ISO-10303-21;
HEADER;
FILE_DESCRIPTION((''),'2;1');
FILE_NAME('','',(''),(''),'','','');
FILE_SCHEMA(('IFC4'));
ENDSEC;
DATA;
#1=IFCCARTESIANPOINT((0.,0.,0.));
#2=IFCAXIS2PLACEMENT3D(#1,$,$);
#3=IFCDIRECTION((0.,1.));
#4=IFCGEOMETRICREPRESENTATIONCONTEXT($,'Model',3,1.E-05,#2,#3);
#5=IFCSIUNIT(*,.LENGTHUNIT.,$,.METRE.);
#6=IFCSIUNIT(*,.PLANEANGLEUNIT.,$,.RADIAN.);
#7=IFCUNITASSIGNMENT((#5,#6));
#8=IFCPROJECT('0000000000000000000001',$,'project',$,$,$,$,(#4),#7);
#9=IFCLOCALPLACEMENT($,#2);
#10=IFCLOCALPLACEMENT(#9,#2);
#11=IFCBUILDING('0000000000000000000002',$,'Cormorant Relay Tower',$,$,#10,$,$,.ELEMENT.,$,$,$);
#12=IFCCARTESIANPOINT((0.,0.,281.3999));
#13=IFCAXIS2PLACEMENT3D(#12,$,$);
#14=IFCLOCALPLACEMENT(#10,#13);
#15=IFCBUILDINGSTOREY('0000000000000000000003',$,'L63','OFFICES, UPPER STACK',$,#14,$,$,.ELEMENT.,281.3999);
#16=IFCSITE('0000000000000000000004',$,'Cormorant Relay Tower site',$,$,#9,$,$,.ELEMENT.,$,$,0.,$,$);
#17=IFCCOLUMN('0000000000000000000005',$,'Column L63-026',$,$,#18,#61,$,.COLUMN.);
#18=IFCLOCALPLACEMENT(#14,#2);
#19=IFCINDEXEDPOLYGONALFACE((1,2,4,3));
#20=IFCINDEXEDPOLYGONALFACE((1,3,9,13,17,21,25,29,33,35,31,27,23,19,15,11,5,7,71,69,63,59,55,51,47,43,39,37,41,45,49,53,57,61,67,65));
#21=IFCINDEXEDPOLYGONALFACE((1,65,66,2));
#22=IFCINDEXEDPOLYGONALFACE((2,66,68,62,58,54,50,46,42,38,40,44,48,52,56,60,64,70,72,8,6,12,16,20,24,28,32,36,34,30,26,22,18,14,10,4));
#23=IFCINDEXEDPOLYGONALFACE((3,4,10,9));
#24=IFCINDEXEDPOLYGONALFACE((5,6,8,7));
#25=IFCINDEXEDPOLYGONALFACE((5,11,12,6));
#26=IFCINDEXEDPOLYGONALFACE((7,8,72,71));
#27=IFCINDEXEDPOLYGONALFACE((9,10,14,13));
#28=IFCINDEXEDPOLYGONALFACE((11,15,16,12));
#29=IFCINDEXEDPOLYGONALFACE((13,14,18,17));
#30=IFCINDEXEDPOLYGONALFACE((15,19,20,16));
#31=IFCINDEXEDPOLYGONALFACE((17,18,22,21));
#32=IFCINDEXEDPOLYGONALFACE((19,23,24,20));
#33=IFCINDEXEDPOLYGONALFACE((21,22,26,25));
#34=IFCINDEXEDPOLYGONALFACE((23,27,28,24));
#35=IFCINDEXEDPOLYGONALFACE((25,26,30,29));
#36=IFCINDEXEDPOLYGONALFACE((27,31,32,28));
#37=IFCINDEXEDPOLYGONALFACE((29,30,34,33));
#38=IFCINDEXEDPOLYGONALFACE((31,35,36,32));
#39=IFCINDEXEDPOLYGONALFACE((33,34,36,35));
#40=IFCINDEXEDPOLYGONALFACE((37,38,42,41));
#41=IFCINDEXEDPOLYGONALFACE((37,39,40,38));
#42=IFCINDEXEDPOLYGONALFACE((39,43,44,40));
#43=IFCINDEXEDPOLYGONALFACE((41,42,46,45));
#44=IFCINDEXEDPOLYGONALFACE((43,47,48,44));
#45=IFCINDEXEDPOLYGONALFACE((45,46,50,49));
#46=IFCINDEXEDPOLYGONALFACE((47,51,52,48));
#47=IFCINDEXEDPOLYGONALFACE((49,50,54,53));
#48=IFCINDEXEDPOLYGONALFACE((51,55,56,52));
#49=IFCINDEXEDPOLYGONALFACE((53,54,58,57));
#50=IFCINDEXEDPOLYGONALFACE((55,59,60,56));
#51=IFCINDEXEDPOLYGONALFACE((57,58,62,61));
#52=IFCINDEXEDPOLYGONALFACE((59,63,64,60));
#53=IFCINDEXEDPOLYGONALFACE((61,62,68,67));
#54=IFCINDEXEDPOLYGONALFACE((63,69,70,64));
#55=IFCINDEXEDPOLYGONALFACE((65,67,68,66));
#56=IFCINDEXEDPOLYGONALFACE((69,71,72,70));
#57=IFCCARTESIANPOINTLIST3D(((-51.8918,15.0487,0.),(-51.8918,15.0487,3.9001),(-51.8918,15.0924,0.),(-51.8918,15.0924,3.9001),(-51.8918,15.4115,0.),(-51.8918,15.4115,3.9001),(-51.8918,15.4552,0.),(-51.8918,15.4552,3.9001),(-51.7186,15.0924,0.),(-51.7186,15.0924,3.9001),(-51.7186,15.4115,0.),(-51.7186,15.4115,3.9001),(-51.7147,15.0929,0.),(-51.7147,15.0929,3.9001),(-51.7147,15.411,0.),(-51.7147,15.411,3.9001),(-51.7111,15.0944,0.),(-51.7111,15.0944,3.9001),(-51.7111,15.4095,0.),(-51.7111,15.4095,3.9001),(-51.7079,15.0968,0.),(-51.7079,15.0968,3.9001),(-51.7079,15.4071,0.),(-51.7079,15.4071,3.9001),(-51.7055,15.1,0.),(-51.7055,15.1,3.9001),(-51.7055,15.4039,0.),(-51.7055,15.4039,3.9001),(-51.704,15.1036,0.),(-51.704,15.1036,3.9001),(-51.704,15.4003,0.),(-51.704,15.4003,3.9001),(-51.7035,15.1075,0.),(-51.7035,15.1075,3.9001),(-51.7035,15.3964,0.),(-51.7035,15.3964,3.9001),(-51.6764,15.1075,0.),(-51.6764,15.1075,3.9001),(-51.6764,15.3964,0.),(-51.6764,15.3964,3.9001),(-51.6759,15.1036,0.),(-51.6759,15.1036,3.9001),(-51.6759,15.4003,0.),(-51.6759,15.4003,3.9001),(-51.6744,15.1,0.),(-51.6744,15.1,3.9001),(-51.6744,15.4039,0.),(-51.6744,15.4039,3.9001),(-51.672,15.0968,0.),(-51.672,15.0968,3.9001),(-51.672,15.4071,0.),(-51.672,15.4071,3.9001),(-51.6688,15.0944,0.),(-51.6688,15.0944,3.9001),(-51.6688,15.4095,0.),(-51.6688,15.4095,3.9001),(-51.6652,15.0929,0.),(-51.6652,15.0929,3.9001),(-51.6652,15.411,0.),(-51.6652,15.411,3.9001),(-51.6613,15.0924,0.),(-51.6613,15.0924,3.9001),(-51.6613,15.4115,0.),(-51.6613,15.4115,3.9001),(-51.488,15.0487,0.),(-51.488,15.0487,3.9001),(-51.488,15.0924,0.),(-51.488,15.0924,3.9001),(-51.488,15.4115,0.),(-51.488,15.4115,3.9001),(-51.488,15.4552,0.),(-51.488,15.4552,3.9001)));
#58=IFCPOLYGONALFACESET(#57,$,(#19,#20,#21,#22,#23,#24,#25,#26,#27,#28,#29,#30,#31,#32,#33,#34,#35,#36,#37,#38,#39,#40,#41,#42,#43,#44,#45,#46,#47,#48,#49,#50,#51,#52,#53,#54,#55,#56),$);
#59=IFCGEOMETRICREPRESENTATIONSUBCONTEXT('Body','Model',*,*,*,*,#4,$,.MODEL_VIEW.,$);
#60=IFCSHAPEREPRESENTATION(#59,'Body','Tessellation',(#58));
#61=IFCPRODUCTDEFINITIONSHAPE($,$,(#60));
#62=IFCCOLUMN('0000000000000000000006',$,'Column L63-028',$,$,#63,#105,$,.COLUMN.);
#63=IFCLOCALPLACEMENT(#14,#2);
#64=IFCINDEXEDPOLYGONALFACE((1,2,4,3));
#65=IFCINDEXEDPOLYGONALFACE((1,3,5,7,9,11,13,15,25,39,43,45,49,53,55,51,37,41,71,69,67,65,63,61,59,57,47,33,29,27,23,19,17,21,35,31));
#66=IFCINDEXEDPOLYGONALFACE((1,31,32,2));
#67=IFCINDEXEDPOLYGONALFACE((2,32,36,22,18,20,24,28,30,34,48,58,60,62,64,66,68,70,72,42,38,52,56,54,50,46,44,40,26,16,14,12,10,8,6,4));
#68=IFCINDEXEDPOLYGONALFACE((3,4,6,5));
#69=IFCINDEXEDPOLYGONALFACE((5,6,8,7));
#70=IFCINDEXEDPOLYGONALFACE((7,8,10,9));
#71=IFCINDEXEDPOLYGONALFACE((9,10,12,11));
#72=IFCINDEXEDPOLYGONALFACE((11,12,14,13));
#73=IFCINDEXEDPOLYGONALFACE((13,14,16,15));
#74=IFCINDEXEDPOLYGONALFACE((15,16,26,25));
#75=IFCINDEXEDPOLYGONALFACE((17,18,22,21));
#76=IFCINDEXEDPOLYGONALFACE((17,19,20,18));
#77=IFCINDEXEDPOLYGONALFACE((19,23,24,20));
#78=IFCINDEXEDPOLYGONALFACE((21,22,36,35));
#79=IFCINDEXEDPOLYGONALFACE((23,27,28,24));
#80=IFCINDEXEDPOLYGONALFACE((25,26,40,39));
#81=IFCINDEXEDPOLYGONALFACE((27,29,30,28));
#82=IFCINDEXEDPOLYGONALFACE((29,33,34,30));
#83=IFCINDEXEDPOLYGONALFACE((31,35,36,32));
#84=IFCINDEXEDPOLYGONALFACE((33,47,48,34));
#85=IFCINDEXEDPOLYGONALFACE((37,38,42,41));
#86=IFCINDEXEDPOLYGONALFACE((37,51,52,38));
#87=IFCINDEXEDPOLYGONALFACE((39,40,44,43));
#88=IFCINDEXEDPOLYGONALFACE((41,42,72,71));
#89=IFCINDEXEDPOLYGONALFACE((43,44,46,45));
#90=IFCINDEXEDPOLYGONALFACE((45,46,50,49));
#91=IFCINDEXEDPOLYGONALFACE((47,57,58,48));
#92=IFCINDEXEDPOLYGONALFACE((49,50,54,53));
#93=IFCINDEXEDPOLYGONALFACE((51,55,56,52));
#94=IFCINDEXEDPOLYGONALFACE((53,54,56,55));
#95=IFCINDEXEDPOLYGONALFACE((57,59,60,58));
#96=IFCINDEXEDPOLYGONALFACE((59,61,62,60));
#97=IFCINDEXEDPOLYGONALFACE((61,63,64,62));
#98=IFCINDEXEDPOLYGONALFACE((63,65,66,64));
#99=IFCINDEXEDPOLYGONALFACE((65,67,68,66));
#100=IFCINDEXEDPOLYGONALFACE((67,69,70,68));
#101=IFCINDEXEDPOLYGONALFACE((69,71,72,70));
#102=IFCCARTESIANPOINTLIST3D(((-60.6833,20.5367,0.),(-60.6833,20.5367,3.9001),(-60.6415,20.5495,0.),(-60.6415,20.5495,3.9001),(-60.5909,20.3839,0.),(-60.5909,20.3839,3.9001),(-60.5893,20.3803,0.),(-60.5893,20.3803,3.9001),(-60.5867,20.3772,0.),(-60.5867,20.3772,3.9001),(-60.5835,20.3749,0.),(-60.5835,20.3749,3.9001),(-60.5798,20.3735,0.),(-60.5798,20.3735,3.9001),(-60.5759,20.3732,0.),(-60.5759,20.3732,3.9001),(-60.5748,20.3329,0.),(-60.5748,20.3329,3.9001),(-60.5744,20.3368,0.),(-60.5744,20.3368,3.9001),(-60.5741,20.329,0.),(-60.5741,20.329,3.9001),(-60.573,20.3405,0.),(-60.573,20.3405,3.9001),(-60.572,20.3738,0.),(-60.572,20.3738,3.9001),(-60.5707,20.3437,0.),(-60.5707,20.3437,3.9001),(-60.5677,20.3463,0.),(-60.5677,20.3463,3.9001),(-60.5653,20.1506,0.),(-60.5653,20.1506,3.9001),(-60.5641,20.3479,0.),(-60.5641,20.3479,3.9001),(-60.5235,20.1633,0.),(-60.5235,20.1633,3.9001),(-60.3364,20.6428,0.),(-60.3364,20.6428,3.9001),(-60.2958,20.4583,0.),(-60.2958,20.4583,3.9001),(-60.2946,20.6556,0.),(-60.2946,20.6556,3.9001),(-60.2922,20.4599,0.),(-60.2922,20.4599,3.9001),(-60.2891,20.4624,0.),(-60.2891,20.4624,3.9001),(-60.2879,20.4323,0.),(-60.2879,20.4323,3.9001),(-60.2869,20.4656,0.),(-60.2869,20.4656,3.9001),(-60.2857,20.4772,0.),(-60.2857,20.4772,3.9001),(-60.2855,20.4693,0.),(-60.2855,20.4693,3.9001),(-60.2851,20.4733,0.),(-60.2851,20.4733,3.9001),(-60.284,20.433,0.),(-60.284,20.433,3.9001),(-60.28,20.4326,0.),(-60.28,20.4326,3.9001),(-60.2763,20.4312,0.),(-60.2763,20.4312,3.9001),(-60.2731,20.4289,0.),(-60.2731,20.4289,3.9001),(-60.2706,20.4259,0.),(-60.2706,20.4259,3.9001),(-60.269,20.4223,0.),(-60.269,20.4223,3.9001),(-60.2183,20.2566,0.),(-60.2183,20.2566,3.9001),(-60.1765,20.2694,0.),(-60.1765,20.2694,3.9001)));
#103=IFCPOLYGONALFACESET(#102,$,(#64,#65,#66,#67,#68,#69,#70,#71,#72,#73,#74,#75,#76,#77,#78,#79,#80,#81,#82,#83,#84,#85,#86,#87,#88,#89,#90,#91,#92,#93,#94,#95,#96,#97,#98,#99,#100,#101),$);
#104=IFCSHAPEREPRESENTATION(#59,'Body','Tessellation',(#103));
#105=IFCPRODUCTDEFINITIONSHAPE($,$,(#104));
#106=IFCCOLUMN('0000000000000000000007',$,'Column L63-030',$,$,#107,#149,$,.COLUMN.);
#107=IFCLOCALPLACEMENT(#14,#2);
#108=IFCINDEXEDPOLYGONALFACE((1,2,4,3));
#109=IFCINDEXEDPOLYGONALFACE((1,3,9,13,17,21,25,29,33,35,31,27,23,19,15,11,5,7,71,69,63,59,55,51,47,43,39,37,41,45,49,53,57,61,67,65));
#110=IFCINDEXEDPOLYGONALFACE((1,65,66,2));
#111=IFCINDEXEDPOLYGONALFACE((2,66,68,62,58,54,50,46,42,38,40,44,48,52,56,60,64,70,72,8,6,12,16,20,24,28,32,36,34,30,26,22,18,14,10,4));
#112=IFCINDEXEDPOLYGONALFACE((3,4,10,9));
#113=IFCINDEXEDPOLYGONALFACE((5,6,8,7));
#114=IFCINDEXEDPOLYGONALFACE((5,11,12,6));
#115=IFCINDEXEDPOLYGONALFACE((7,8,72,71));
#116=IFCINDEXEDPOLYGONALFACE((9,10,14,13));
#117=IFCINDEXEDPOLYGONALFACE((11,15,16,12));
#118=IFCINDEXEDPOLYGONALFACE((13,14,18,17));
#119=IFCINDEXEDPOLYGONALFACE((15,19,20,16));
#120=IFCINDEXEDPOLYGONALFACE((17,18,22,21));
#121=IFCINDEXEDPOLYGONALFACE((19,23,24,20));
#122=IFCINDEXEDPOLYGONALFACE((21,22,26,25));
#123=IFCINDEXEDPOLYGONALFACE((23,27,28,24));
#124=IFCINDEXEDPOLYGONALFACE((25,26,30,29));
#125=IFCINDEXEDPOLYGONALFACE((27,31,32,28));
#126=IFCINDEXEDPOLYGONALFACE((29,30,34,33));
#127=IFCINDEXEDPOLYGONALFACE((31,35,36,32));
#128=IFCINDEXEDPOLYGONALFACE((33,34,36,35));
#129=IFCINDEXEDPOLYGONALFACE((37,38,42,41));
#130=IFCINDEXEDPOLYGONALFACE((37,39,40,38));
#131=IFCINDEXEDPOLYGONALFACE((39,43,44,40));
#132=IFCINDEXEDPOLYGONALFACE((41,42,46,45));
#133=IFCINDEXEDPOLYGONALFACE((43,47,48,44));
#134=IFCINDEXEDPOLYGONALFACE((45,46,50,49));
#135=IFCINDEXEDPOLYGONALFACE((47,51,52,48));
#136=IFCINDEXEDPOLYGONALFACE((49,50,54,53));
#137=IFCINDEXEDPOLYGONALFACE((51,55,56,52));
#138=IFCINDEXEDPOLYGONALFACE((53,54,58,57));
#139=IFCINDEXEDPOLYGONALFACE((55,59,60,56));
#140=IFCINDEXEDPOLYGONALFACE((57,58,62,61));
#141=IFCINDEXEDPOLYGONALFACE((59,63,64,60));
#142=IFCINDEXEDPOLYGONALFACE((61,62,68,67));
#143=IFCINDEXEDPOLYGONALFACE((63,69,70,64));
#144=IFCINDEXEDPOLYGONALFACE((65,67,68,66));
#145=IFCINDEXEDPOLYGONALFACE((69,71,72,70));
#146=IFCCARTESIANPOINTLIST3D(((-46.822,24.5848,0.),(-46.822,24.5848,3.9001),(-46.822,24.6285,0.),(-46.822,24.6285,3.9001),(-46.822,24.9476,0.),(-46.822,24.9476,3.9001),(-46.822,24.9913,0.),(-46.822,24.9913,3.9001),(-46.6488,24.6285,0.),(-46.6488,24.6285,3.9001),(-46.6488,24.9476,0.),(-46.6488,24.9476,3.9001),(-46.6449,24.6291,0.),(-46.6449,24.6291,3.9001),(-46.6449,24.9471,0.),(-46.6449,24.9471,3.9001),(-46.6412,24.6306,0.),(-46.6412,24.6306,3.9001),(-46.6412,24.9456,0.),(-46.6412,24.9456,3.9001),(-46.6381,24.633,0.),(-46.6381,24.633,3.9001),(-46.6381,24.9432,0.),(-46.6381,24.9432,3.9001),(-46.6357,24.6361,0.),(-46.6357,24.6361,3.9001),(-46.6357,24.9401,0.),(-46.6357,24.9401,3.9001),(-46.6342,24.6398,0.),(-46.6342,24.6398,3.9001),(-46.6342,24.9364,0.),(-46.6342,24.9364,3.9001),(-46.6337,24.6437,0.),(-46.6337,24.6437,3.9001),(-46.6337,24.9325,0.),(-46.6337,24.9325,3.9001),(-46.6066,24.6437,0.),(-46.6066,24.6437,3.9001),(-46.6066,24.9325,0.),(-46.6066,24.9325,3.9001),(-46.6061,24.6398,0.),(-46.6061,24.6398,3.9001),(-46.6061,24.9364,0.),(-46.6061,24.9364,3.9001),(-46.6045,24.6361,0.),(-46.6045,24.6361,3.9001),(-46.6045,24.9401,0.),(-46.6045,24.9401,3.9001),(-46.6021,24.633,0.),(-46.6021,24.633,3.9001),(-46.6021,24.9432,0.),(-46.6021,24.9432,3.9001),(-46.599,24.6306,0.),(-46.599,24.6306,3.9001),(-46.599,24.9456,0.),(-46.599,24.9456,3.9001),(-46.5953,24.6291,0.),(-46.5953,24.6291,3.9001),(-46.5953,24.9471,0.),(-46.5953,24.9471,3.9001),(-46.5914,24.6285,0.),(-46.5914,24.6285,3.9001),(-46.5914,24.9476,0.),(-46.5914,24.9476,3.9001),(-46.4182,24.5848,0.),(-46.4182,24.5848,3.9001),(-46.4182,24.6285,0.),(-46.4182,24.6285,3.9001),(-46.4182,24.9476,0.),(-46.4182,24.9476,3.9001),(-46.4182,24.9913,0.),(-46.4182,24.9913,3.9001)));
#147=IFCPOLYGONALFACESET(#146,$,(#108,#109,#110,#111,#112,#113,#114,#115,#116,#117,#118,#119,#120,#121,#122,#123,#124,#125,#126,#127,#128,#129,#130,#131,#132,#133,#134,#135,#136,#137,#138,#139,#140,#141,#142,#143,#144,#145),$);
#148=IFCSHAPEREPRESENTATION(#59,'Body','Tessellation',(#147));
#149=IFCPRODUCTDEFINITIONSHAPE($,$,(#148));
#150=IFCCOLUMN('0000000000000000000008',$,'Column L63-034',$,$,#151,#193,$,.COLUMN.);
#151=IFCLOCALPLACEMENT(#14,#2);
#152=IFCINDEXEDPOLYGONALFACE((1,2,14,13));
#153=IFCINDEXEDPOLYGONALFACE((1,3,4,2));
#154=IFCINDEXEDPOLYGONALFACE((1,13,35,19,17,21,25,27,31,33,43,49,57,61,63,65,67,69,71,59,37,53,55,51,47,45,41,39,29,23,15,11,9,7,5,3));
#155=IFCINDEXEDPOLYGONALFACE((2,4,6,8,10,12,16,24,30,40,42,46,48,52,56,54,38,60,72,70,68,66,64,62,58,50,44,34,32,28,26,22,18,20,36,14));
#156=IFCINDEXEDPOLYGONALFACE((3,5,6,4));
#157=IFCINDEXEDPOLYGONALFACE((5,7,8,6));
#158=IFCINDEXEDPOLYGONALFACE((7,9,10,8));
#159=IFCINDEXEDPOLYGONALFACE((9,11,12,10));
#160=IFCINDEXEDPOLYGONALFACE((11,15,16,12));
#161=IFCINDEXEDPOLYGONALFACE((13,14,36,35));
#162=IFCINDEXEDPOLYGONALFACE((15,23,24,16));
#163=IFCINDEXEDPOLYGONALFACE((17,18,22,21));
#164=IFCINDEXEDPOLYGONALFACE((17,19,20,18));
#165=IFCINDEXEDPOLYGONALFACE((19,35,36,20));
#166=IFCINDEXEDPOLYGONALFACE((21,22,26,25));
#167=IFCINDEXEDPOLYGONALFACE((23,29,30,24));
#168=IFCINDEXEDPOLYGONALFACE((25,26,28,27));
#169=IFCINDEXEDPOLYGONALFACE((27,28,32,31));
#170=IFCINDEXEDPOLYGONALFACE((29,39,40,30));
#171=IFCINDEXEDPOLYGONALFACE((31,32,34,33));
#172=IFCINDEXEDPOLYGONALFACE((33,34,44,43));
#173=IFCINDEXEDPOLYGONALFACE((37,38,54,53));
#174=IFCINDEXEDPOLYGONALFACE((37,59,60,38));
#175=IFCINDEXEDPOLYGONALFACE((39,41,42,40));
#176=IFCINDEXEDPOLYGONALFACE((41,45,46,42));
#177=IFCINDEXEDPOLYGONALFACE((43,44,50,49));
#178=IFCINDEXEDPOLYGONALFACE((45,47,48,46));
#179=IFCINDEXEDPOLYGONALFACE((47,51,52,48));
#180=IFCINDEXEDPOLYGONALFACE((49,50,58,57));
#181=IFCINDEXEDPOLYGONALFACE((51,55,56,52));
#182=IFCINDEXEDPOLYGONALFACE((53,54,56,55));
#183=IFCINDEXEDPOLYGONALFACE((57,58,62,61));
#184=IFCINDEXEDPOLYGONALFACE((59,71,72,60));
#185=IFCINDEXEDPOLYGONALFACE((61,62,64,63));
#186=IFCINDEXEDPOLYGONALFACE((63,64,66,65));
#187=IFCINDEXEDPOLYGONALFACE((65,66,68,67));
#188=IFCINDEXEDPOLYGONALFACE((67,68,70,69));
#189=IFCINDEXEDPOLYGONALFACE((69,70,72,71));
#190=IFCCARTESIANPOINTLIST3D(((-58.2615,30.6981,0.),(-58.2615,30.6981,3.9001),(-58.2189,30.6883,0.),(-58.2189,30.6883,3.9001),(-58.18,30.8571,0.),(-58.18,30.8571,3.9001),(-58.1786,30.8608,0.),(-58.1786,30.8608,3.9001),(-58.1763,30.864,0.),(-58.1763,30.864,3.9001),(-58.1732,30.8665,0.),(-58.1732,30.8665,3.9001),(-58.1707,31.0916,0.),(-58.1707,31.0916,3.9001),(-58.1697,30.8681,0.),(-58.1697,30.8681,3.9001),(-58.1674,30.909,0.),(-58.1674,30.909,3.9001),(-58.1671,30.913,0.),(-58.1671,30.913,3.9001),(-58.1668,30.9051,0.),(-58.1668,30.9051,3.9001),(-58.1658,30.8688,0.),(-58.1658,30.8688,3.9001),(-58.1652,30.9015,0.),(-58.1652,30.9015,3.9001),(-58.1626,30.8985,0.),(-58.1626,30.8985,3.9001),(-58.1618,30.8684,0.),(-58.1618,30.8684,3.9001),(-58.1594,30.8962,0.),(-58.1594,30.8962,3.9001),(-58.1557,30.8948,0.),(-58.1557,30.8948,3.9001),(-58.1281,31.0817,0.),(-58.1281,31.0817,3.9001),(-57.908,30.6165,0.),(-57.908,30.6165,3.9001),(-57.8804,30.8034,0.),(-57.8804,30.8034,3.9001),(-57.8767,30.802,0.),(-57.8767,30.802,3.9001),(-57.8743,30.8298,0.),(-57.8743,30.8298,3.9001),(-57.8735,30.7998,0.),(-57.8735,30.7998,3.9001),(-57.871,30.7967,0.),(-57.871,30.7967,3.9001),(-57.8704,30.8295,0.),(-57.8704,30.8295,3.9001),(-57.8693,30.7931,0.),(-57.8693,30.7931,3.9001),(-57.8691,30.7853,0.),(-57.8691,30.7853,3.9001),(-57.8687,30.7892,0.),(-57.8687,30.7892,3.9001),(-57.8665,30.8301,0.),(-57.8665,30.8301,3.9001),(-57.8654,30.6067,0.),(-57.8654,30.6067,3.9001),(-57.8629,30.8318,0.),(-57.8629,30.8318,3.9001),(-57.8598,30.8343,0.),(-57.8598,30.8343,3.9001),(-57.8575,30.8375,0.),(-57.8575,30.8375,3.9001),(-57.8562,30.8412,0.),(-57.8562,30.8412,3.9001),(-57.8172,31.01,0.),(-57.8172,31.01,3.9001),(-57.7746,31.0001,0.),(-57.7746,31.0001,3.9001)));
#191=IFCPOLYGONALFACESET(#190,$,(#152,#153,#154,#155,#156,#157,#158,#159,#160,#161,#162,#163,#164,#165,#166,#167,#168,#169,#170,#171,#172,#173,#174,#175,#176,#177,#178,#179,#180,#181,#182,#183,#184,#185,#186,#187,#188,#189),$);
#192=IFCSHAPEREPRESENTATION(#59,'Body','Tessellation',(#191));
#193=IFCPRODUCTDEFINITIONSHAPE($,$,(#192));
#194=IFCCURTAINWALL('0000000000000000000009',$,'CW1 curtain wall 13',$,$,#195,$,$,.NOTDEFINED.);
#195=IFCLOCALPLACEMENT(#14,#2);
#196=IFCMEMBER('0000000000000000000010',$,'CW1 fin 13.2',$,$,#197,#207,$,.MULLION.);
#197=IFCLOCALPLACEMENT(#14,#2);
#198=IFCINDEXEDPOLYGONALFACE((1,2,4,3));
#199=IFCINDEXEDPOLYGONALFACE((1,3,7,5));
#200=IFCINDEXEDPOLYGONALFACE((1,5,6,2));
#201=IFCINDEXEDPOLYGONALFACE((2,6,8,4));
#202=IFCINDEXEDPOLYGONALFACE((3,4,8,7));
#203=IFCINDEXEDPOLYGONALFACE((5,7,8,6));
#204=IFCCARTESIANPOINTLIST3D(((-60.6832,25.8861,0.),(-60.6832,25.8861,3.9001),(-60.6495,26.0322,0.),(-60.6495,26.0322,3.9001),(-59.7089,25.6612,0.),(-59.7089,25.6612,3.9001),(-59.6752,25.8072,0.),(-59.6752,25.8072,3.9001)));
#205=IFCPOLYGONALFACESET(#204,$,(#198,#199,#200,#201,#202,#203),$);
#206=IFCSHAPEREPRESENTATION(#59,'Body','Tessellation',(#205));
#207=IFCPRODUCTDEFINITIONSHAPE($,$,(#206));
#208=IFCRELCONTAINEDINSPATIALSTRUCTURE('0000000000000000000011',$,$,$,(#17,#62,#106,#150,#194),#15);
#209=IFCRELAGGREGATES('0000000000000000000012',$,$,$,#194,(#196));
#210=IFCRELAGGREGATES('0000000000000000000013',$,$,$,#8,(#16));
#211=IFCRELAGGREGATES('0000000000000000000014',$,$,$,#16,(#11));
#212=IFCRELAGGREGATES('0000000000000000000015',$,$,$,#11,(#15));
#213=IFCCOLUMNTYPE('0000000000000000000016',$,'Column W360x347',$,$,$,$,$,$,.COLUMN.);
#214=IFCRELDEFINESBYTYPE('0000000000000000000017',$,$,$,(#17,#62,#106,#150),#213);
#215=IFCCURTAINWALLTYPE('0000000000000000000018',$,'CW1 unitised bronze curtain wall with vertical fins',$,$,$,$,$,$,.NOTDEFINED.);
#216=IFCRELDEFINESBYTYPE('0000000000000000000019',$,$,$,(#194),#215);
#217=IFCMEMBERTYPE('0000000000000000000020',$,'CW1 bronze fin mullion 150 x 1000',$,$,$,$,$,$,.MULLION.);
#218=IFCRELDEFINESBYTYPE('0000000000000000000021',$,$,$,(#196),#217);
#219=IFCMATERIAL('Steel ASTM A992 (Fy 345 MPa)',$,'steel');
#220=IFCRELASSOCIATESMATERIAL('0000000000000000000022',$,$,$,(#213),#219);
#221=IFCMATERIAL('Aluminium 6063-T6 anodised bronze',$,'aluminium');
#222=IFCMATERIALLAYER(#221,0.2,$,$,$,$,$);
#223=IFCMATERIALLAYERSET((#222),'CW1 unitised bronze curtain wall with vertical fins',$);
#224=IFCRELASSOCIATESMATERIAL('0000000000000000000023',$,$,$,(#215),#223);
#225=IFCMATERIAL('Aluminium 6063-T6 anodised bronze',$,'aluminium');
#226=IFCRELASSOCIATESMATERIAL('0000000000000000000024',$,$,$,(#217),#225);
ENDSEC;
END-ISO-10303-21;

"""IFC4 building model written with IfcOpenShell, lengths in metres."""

from ifc_helpers import new_model, si_unit, direction, frame, origin, origin_2d, place, context, subcontext, project, spatial, rectangle, i_section, extrude, material, layer, layer_set, material_profile, profile_set, type_object, element, aggregate, save


model = new_model("IFC4")

# Units and contexts
model_context = context("Model", 3, precision=1e-05, world=origin(), true_north=direction((0.0, 1.0)))
body_context = subcontext(model_context, "Body", "Model", "MODEL_VIEW")
ifc_project = project(units=[si_unit("LENGTHUNIT", "METRE"), si_unit("PLANEANGLEUNIT", "RADIAN")], contexts=[model_context])

# Site, building, storey
site_placement = place(None, origin())
site = spatial("IfcSite", under=ifc_project, at=site_placement, Name="Cormorant Relay Tower site", CompositionType="ELEMENT", RefElevation=0.0)
building_placement = place(site_placement, origin())
building = spatial("IfcBuilding", under=site, at=building_placement, Name="Cormorant Relay Tower", CompositionType="ELEMENT")
storey_placement = place(building_placement, frame((0.0, 0.0, 281.3999)))
storey = spatial("IfcBuildingStorey", under=building, at=storey_placement, Name="L63", Description="OFFICES, UPPER STACK", CompositionType="ELEMENT", Elevation=281.3999)

# Columns
ifc_material_1 = material(Name="Steel ASTM A992 (Fy 345 MPa)", Category="steel")
ifc_material_profile_1 = material_profile(ifc_material_1, i_section(OverallWidth=0.4038, OverallDepth=0.4065, WebThickness=0.0271, FlangeThickness=0.0437, FilletRadius=0.0151, at=origin_2d()), Name="W360x347")
ifc_profile_set_1 = profile_set([ifc_material_profile_1], Name="Steel ASTM A992 (Fy 345 MPa)")
column_type = type_object("IfcColumnType", Name="Column W360x347", PredefinedType="COLUMN", material=ifc_profile_set_1)
for number, where, z_axis, x_axis, name in (
    (1, (-51.6899, 15.252, 0.0), (0.0, 0.0, 1.0), (1.0, 0.0, 0.0), "Column L63-026"),
    (2, (-60.4299, 20.4031, 0.0), (0.0, 0.0, 1.0), (0.292372, -0.956305, 0.0), "Column L63-028"),
    (3, (-46.6201, 24.7881, 0.0), (0.0, 0.0, 1.0), (1.0, 0.0, 0.0), "Column L63-030"),
    (4, (-58.0181, 30.8491, 0.0), (0.0, 0.0, 1.0), (-0.224951, -0.97437, 0.0), "Column L63-034"),
):
    element("IfcColumn", number, at=place(storey_placement, frame(where, z_axis=z_axis, x_axis=x_axis)), inside=storey, type_object=column_type, Name=name, PredefinedType="COLUMN", context=body_context, shape_type="SweptSolid", body=[
        extrude(i_section(OverallWidth=0.4038, OverallDepth=0.4065, WebThickness=0.0271, FlangeThickness=0.0437, FilletRadius=0.0151, at=origin_2d()), origin(), (0.0, 0.0, 1.0), 3.9001),
    ])

# Curtain wall, member
ifc_material_2 = material(Name="Aluminium 6063-T6 anodised bronze", Category="aluminium")
ifc_layer_1 = layer(ifc_material_2, 0.2)
ifc_layer_set_1 = layer_set([ifc_layer_1], Name="CW1 unitised bronze curtain wall with vertical fins")
curtain_wall_type = type_object("IfcCurtainWallType", Name="CW1 unitised bronze curtain wall with vertical fins", PredefinedType="NOTDEFINED", material=ifc_layer_set_1)
curtain_wall_1_placement = place(storey_placement, origin())
curtain_wall_1 = element("IfcCurtainWall", 5, at=curtain_wall_1_placement, inside=storey, type_object=curtain_wall_type, Name="CW1 curtain wall 13", PredefinedType="NOTDEFINED")
ifc_material_3 = material(Name="Aluminium 6063-T6 anodised bronze", Category="aluminium")
ifc_material_profile_2 = material_profile(ifc_material_3, rectangle(XDim=0.1499, YDim=1.0, at=origin_2d()), Name="AL 150x1000")
ifc_profile_set_2 = profile_set([ifc_material_profile_2], Name="Aluminium 6063-T6 anodised bronze")
member_type_1 = type_object("IfcMemberType", Name="CW1 bronze fin mullion 150 x 1000", PredefinedType="MULLION", material=ifc_profile_set_2)
member_1_placement = place(storey_placement, frame((-60.1792, 25.8467, 0.0), z_axis=(0.0, 0.0, 1.0), x_axis=(-0.224951, -0.97437, 0.0)))
member_1 = element("IfcMember", 6, at=member_1_placement, type_object=member_type_1, Name="CW1 fin 13.2", PredefinedType="MULLION", context=body_context, shape_type="SweptSolid", body=[
    extrude(rectangle(XDim=0.1499, YDim=1.0, at=origin_2d()), origin(), (0.0, 0.0, 1.0), 3.9001),
])

aggregate(curtain_wall_1, [member_1])

save(model, "model.ifc")
